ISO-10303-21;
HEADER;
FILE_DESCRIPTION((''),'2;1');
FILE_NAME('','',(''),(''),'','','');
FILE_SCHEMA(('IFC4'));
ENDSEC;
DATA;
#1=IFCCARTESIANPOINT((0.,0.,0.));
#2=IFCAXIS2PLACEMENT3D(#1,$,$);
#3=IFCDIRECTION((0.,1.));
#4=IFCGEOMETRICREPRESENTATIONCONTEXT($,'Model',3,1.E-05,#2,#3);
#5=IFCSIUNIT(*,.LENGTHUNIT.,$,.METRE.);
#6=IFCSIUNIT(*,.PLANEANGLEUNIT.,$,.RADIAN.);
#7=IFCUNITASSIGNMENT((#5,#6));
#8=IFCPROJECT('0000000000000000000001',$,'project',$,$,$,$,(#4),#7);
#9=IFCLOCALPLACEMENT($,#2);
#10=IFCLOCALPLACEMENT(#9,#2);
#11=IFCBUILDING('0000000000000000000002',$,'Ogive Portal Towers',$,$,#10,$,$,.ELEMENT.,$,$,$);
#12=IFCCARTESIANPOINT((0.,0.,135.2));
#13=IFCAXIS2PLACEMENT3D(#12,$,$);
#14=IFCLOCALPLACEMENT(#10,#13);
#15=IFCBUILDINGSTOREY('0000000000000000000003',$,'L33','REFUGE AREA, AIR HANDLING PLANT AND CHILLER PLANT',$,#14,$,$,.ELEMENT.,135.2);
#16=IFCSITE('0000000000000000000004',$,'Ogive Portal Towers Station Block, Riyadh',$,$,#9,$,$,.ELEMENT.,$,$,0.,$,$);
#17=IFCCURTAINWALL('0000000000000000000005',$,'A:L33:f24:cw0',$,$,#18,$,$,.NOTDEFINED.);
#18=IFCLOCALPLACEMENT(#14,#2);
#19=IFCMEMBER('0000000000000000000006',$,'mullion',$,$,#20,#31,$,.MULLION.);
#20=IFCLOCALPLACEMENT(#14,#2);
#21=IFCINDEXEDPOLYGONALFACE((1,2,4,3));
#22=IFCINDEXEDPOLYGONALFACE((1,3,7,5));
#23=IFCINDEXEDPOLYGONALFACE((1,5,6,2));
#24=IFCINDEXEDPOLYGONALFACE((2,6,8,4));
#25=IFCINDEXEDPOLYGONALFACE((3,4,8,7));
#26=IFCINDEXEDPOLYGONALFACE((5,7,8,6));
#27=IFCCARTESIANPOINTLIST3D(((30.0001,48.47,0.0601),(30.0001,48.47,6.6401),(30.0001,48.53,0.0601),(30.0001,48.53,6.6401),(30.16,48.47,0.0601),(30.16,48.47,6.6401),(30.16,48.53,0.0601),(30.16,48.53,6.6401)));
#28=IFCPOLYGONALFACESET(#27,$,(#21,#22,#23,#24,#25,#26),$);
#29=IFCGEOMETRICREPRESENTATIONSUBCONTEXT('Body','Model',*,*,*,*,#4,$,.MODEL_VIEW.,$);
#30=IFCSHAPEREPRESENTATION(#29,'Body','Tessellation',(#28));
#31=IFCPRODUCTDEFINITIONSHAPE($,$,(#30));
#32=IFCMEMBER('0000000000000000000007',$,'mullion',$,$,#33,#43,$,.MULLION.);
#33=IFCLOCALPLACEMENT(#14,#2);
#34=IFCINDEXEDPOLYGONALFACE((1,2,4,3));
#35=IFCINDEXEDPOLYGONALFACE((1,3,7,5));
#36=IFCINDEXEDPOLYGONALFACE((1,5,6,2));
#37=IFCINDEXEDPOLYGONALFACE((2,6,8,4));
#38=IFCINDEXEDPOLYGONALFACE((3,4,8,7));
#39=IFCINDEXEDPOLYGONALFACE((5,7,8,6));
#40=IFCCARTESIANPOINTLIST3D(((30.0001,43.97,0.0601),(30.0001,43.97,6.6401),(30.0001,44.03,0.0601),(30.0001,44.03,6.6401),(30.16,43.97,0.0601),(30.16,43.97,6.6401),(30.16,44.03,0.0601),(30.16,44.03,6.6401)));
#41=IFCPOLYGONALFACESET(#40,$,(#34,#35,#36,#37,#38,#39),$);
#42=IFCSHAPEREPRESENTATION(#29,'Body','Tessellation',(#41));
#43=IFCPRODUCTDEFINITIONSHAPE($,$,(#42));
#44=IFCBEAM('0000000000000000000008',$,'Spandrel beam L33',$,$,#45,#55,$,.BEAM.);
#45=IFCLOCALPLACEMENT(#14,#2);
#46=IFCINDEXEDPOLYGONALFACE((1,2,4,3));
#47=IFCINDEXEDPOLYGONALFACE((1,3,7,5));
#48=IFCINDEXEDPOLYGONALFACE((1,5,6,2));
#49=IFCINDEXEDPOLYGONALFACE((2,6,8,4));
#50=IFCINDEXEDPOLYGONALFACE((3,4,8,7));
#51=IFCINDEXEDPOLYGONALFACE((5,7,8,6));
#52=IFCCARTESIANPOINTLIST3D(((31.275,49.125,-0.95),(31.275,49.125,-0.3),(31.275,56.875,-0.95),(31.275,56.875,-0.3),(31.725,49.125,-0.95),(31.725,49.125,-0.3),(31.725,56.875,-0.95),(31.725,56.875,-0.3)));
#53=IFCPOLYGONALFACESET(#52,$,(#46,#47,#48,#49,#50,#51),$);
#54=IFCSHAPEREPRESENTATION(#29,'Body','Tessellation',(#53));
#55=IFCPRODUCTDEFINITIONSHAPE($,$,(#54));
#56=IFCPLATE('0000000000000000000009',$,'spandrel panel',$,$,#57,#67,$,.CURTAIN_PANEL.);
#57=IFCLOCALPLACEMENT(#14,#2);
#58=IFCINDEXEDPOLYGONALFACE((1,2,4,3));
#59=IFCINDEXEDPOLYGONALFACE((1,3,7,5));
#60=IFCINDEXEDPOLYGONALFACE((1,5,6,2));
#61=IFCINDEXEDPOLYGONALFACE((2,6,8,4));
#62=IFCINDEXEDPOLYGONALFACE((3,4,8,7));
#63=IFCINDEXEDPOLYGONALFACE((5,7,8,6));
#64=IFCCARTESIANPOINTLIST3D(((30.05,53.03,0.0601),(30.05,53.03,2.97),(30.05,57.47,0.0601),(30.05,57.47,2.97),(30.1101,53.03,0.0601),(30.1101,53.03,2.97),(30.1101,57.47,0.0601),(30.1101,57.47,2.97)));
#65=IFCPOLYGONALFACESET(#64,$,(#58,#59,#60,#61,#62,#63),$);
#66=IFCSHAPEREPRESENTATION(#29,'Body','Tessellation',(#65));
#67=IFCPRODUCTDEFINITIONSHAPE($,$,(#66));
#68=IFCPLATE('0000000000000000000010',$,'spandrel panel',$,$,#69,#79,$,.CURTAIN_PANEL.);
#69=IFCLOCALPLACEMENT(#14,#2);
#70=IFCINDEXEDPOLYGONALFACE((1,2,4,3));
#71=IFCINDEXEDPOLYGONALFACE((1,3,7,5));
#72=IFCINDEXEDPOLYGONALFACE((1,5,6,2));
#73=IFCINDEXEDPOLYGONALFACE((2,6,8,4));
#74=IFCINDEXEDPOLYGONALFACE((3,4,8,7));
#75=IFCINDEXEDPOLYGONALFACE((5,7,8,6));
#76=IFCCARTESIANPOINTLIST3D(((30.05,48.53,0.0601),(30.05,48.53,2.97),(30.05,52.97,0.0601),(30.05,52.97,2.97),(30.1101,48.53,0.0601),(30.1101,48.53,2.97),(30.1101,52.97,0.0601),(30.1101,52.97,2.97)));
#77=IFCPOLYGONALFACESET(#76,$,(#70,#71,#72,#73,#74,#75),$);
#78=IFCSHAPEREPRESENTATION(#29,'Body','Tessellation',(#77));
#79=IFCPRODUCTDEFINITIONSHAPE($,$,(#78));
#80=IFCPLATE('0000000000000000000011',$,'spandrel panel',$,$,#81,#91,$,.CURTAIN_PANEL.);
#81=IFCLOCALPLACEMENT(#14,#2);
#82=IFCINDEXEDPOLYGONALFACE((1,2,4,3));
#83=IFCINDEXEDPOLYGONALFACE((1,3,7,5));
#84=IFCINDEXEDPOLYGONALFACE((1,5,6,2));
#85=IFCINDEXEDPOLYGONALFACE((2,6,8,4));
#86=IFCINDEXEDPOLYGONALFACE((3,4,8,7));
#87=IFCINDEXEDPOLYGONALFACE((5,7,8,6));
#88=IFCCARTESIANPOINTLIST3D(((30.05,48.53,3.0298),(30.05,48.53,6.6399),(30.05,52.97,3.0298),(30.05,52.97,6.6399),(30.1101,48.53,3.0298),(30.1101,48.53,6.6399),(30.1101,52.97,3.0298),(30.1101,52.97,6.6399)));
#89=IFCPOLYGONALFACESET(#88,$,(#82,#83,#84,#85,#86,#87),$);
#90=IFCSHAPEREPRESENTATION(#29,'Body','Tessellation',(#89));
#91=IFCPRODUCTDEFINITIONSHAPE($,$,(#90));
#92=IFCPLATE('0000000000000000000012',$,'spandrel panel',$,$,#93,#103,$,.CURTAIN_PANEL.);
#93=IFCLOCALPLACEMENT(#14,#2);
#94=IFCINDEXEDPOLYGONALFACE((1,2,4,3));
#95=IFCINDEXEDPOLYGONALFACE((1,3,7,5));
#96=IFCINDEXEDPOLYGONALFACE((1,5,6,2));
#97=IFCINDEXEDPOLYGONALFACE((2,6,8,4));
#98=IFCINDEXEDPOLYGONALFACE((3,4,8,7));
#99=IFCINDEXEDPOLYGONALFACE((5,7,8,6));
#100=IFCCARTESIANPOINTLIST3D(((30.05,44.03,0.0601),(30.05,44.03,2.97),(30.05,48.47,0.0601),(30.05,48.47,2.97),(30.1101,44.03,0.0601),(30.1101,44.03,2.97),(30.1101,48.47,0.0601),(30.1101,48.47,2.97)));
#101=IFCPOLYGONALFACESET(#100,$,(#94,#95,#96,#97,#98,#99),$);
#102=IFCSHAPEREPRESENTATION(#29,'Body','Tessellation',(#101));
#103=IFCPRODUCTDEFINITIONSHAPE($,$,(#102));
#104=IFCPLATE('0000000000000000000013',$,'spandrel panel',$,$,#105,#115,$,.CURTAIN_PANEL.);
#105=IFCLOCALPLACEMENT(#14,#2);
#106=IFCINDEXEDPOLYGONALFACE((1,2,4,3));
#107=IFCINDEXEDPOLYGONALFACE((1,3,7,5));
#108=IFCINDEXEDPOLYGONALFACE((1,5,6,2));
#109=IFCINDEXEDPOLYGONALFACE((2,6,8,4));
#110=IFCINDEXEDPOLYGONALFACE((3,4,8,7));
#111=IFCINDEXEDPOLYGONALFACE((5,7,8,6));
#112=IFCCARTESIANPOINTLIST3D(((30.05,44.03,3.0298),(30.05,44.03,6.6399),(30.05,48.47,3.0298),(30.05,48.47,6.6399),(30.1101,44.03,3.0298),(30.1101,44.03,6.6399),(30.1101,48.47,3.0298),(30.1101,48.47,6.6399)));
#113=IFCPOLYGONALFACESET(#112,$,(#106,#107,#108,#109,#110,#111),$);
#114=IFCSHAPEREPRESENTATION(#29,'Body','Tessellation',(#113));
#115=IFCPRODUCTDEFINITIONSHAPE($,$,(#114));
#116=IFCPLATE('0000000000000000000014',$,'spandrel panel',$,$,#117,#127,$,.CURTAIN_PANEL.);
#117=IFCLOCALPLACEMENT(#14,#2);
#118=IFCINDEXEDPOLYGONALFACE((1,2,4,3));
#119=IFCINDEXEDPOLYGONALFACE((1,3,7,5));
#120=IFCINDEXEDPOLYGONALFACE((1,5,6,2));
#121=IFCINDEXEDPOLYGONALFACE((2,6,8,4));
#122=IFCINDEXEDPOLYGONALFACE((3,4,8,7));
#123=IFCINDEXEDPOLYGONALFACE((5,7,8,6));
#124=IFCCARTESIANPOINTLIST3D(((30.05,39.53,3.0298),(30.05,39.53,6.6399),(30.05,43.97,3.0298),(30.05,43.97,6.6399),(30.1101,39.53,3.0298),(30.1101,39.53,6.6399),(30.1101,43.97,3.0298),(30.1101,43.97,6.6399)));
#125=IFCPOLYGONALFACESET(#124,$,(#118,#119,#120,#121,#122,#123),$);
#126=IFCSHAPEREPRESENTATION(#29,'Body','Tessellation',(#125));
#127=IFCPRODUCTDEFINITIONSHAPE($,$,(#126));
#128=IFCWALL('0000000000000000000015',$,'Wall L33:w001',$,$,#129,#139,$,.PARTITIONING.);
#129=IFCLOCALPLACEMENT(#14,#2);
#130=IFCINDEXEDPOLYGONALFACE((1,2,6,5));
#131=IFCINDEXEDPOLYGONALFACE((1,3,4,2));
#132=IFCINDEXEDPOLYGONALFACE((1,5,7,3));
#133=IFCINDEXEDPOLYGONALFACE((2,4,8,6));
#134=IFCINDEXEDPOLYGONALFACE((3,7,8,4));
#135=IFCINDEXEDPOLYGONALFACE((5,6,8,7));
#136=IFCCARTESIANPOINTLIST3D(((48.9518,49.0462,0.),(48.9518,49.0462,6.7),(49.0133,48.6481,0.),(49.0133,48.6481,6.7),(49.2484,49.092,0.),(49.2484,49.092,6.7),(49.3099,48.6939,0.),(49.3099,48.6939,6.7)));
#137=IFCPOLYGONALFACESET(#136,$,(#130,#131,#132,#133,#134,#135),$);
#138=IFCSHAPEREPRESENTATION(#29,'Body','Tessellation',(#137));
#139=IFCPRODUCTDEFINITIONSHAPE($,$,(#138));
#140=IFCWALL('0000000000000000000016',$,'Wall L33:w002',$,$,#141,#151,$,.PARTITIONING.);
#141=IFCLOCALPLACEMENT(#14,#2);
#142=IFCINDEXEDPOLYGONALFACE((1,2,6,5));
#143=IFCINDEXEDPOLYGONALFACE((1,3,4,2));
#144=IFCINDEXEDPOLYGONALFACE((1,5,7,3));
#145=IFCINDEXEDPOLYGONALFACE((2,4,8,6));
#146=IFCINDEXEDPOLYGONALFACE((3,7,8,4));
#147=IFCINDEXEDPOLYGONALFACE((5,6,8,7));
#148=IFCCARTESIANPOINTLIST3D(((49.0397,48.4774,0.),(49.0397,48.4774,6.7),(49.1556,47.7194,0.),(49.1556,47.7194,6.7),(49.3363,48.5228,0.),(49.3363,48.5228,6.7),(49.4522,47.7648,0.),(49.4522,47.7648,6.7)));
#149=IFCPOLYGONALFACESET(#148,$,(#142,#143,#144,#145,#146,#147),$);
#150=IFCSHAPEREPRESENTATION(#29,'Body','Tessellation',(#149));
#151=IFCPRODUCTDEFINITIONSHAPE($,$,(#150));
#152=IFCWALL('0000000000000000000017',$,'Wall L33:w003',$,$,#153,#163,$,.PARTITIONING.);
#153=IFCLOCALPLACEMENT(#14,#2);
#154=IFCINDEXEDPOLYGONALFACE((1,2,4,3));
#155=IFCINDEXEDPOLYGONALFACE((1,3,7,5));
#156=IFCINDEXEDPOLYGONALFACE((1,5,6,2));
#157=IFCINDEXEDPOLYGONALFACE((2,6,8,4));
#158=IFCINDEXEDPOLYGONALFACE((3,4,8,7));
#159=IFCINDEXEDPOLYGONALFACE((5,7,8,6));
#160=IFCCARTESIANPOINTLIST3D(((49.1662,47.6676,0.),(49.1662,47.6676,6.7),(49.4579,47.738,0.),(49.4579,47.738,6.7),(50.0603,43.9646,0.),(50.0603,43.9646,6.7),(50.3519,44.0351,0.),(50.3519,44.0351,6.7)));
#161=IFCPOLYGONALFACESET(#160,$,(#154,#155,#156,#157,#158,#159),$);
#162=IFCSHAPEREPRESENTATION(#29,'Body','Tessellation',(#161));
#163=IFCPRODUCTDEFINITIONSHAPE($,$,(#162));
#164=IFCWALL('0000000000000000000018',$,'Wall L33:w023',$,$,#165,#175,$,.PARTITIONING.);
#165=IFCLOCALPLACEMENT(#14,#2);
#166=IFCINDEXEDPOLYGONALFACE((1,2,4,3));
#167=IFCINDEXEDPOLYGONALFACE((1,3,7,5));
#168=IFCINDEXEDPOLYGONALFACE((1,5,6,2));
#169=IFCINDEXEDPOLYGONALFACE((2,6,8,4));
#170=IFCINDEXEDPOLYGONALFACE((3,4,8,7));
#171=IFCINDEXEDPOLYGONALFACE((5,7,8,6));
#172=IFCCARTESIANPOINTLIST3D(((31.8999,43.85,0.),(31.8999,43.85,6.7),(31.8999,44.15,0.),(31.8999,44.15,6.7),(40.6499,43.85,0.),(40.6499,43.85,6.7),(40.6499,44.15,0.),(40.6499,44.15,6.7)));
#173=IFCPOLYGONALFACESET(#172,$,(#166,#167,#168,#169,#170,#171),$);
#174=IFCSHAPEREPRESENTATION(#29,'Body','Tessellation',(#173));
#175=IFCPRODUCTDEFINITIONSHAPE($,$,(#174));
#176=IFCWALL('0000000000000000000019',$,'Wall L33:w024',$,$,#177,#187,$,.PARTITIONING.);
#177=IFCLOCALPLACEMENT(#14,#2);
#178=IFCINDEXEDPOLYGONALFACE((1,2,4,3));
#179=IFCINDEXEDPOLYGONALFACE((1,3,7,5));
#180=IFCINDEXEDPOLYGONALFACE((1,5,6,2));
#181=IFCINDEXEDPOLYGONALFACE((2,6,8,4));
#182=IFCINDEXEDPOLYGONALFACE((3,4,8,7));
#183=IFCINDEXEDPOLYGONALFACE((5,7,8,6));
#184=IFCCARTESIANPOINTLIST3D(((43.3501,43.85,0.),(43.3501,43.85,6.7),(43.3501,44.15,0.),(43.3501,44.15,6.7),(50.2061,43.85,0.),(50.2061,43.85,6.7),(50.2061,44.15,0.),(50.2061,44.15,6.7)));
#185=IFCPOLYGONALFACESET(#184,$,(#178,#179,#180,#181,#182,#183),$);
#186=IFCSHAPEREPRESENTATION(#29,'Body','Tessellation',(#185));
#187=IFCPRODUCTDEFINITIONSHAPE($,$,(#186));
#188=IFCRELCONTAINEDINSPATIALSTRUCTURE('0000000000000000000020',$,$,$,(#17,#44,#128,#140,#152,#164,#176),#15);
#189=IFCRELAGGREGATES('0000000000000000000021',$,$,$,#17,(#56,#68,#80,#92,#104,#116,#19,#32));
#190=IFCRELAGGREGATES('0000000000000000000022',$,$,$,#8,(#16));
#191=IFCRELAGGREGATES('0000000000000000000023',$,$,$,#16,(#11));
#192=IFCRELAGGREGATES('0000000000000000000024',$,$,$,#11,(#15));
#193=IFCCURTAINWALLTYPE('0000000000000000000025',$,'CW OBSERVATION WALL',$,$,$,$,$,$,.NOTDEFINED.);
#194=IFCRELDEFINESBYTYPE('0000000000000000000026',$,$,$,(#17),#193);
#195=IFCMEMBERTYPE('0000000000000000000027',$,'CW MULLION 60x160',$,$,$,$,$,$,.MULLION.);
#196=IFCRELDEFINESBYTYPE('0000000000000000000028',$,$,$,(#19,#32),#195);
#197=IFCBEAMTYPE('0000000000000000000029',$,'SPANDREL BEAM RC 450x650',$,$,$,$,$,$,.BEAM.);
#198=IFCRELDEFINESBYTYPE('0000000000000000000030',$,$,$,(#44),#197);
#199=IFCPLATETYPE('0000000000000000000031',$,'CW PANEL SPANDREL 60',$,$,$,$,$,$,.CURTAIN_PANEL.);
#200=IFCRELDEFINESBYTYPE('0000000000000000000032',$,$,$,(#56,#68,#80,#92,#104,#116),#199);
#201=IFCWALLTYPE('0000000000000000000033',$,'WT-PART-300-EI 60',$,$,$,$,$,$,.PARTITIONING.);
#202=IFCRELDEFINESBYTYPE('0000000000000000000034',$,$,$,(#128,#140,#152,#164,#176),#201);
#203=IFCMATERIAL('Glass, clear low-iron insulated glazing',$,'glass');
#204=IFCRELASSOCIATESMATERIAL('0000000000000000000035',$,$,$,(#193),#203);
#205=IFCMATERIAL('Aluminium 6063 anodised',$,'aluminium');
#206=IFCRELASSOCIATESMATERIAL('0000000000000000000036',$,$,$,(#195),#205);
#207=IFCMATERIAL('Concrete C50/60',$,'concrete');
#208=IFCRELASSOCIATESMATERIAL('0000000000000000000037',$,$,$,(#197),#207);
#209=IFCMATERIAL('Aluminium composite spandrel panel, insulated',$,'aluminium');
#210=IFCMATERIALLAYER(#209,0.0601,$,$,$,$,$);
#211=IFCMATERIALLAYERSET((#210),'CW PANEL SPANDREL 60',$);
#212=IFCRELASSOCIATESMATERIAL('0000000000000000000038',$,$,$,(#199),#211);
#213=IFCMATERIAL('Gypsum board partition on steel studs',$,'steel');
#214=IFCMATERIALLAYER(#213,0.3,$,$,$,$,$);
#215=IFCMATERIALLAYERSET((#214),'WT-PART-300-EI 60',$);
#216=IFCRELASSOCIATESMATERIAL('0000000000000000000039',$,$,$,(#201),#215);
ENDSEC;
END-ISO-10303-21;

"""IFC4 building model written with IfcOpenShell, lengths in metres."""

from ifc_helpers import new_model, si_unit, direction, frame, frame_2d, origin, origin_2d, place, context, subcontext, project, spatial, rectangle, extrude, material, layer, layer_set, material_profile, profile_set, type_object, element, aggregate, save


model = new_model("IFC4")

# Units and contexts
model_context = context("Model", 3, precision=1e-05, world=origin(), true_north=direction((0.0, 1.0)))
body_context = subcontext(model_context, "Body", "Model", "MODEL_VIEW")
ifc_project = project(units=[si_unit("LENGTHUNIT", "METRE"), si_unit("PLANEANGLEUNIT", "RADIAN")], contexts=[model_context])

# Site, building, storey
site_placement = place(None, origin())
site = spatial("IfcSite", under=ifc_project, at=site_placement, Name="Ogive Portal Towers Station Block, Riyadh", CompositionType="ELEMENT", RefElevation=0.0)
building_placement = place(site_placement, origin())
building = spatial("IfcBuilding", under=site, at=building_placement, Name="Ogive Portal Towers", CompositionType="ELEMENT")
storey_placement = place(building_placement, frame((0.0, 0.0, 135.2)))
storey = spatial("IfcBuildingStorey", under=building, at=storey_placement, Name="L33", Description="REFUGE AREA, AIR HANDLING PLANT AND CHILLER PLANT", CompositionType="ELEMENT", Elevation=135.2)

# Curtain wall, members
ifc_material_1 = material(Name="Glass, clear low-iron insulated glazing", Category="glass")
curtain_wall_type = type_object("IfcCurtainWallType", Name="CW OBSERVATION WALL", PredefinedType="NOTDEFINED", material=ifc_material_1)
curtain_wall_placement = place(storey_placement, origin())
curtain_wall = element("IfcCurtainWall", 1, at=curtain_wall_placement, inside=storey, type_object=curtain_wall_type, Name="A:L33:f24:cw0", PredefinedType="NOTDEFINED")
ifc_material_2 = material(Name="Aluminium 6063 anodised", Category="aluminium")
ifc_material_profile_1 = material_profile(ifc_material_2, rectangle(XDim=0.1599, YDim=0.0601, at=origin_2d()), Name="AL 60x160")
ifc_profile_set_1 = profile_set([ifc_material_profile_1], Name="Aluminium 6063 anodised")
member_type_1 = type_object("IfcMemberType", Name="CW MULLION 60x160", PredefinedType="MULLION", material=ifc_profile_set_1)
member_1_placement = place(storey_placement, frame((30.0801, 48.5, 0.0601), z_axis=(0.0, 0.0, 1.0), x_axis=(1.0, 0.0, 0.0)))
member_1 = element("IfcMember", 2, at=member_1_placement, type_object=member_type_1, Name="mullion", PredefinedType="MULLION", context=body_context, shape_type="SweptSolid", body=[
    extrude(rectangle(XDim=0.1599, YDim=0.0601, at=origin_2d()), origin(), (0.0, 0.0, 1.0), 6.5801),
])
member_2_placement = place(storey_placement, frame((30.0801, 44.0, 0.0601), z_axis=(0.0, 0.0, 1.0), x_axis=(1.0, 0.0, 0.0)))
member_2 = element("IfcMember", 3, at=member_2_placement, type_object=member_type_1, Name="mullion", PredefinedType="MULLION", context=body_context, shape_type="SweptSolid", body=[
    extrude(rectangle(XDim=0.1599, YDim=0.0601, at=origin_2d()), origin(), (0.0, 0.0, 1.0), 6.5801),
])

# Beam
ifc_material_3 = material(Name="Concrete C50/60", Category="concrete")
ifc_material_profile_2 = material_profile(ifc_material_3, rectangle(XDim=0.45, YDim=0.6499, at=origin_2d()), Name="RC 450x650")
ifc_profile_set_2 = profile_set([ifc_material_profile_2], Name="Concrete C50/60")
beam_type = type_object("IfcBeamType", Name="SPANDREL BEAM RC 450x650", PredefinedType="BEAM", material=ifc_profile_set_2)
beam_placement = place(storey_placement, frame((31.5, 49.125, -0.625), z_axis=(0.0, 1.0, 0.0), x_axis=(-1.0, 0.0, 0.0)))
element("IfcBeam", 4, at=beam_placement, inside=storey, type_object=beam_type, Name="Spandrel beam L33", PredefinedType="BEAM", context=body_context, shape_type="SweptSolid", body=[
    extrude(rectangle(XDim=0.45, YDim=0.6499, at=origin_2d()), origin(), (0.0, 0.0, 1.0), 7.75),
])

# Plates
ifc_material_4 = material(Name="Aluminium composite spandrel panel, insulated", Category="aluminium")
ifc_layer_1 = layer(ifc_material_4, 0.0601)
ifc_layer_set_1 = layer_set([ifc_layer_1], Name="CW PANEL SPANDREL 60")
plate_type = type_object("IfcPlateType", Name="CW PANEL SPANDREL 60", PredefinedType="CURTAIN_PANEL", material=ifc_layer_set_1)
plate_1_placement = place(storey_placement, frame((30.0801, 55.25, 0.0601), z_axis=(0.0, 0.0, 1.0), x_axis=(0.0, -1.0, 0.0)))
plate_1 = element("IfcPlate", 5, at=plate_1_placement, type_object=plate_type, Name="spandrel panel", PredefinedType="CURTAIN_PANEL", context=body_context, shape_type="SweptSolid", body=[
    extrude(rectangle(XDim=4.4399, YDim=0.0601, at=origin_2d()), origin(), (0.0, 0.0, 1.0), 2.9099),
])
plate_2_placement = place(storey_placement, frame((30.0801, 50.75, 0.0601), z_axis=(0.0, 0.0, 1.0), x_axis=(0.0, -1.0, 0.0)))
plate_2 = element("IfcPlate", 6, at=plate_2_placement, type_object=plate_type, Name="spandrel panel", PredefinedType="CURTAIN_PANEL", context=body_context, shape_type="SweptSolid", body=[
    extrude(rectangle(XDim=4.4399, YDim=0.0601, at=origin_2d()), origin(), (0.0, 0.0, 1.0), 2.9099),
])
plate_3_placement = place(storey_placement, frame((30.0801, 50.75, 3.0298), z_axis=(0.0, 0.0, 1.0), x_axis=(0.0, -1.0, 0.0)))
plate_3 = element("IfcPlate", 7, at=plate_3_placement, type_object=plate_type, Name="spandrel panel", PredefinedType="CURTAIN_PANEL", context=body_context, shape_type="SweptSolid", body=[
    extrude(rectangle(XDim=4.4399, YDim=0.0601, at=origin_2d()), origin(), (0.0, 0.0, 1.0), 3.6101),
])
plate_4_placement = place(storey_placement, frame((30.0801, 46.25, 0.0601), z_axis=(0.0, 0.0, 1.0), x_axis=(0.0, -1.0, 0.0)))
plate_4 = element("IfcPlate", 8, at=plate_4_placement, type_object=plate_type, Name="spandrel panel", PredefinedType="CURTAIN_PANEL", context=body_context, shape_type="SweptSolid", body=[
    extrude(rectangle(XDim=4.4399, YDim=0.0601, at=origin_2d()), origin(), (0.0, 0.0, 1.0), 2.9099),
])
plate_5_placement = place(storey_placement, frame((30.0801, 46.25, 3.0298), z_axis=(0.0, 0.0, 1.0), x_axis=(0.0, -1.0, 0.0)))
plate_5 = element("IfcPlate", 9, at=plate_5_placement, type_object=plate_type, Name="spandrel panel", PredefinedType="CURTAIN_PANEL", context=body_context, shape_type="SweptSolid", body=[
    extrude(rectangle(XDim=4.4399, YDim=0.0601, at=origin_2d()), origin(), (0.0, 0.0, 1.0), 3.6101),
])
plate_6_placement = place(storey_placement, frame((30.0801, 41.75, 3.0298), z_axis=(0.0, 0.0, 1.0), x_axis=(0.0, -1.0, 0.0)))
plate_6 = element("IfcPlate", 10, at=plate_6_placement, type_object=plate_type, Name="spandrel panel", PredefinedType="CURTAIN_PANEL", context=body_context, shape_type="SweptSolid", body=[
    extrude(rectangle(XDim=4.4399, YDim=0.0601, at=origin_2d()), origin(), (0.0, 0.0, 1.0), 3.6101),
])
aggregate(curtain_wall, [plate_1, plate_2, plate_3, plate_4, plate_5, plate_6, member_1, member_2])

# Walls
ifc_material_5 = material(Name="Gypsum board partition on steel studs", Category="steel")
ifc_layer_2 = layer(ifc_material_5, 0.3)
ifc_layer_set_2 = layer_set([ifc_layer_2], Name="WT-PART-300-EI 60")
wall_type = type_object("IfcWallType", Name="WT-PART-300-EI 60", PredefinedType="PARTITIONING", material=ifc_layer_set_2)
wall_1_placement = place(storey_placement, frame((49.1001, 49.0691, 0.0), z_axis=(0.0, 0.0, 1.0), x_axis=(0.152695, -0.988273, 0.0)))
element("IfcWall", 11, at=wall_1_placement, inside=storey, type_object=wall_type, Name="Wall L33:w001", PredefinedType="PARTITIONING", context=body_context, shape_type="SweptSolid", body=[
    extrude(rectangle(XDim=0.4028, YDim=0.3, at=frame_2d((0.2014, 0.0))), origin(), (0.0, 0.0, 1.0), 6.7),
])
wall_2_placement = place(storey_placement, frame((49.188, 48.5, 0.0), z_axis=(0.0, 0.0, 1.0), x_axis=(0.15122, -0.9885, 0.0)))
element("IfcWall", 12, at=wall_2_placement, inside=storey, type_object=wall_type, Name="Wall L33:w002", PredefinedType="PARTITIONING", context=body_context, shape_type="SweptSolid", body=[
    extrude(rectangle(XDim=0.7668, YDim=0.3, at=frame_2d((0.3833, 0.0))), origin(), (0.0, 0.0, 1.0), 6.7),
])
wall_3_placement = place(storey_placement, frame((49.312, 47.7029, 0.0), z_axis=(0.0, 0.0, 1.0), x_axis=(0.234701, -0.972068, 0.0)))
element("IfcWall", 13, at=wall_3_placement, inside=storey, type_object=wall_type, Name="Wall L33:w003", PredefinedType="PARTITIONING", context=body_context, shape_type="SweptSolid", body=[
    extrude(rectangle(XDim=3.8093, YDim=0.3, at=frame_2d((1.9048, 0.0))), origin(), (0.0, 0.0, 1.0), 6.7),
])
wall_4_placement = place(storey_placement, frame((31.8999, 44.0, 0.0), z_axis=(0.0, 0.0, 1.0), x_axis=(1.0, 0.0, 0.0)))
element("IfcWall", 14, at=wall_4_placement, inside=storey, type_object=wall_type, Name="Wall L33:w023", PredefinedType="PARTITIONING", context=body_context, shape_type="SweptSolid", body=[
    extrude(rectangle(XDim=8.75, YDim=0.3, at=frame_2d((4.375, 0.0))), origin(), (0.0, 0.0, 1.0), 6.7),
])
wall_5_placement = place(storey_placement, frame((43.3501, 44.0, 0.0), z_axis=(0.0, 0.0, 1.0), x_axis=(1.0, 0.0, 0.0)))
element("IfcWall", 15, at=wall_5_placement, inside=storey, type_object=wall_type, Name="Wall L33:w024", PredefinedType="PARTITIONING", context=body_context, shape_type="SweptSolid", body=[
    extrude(rectangle(XDim=6.856, YDim=0.3, at=frame_2d((3.428, 0.0))), origin(), (0.0, 0.0, 1.0), 6.7),
])

save(model, "model.ifc")
